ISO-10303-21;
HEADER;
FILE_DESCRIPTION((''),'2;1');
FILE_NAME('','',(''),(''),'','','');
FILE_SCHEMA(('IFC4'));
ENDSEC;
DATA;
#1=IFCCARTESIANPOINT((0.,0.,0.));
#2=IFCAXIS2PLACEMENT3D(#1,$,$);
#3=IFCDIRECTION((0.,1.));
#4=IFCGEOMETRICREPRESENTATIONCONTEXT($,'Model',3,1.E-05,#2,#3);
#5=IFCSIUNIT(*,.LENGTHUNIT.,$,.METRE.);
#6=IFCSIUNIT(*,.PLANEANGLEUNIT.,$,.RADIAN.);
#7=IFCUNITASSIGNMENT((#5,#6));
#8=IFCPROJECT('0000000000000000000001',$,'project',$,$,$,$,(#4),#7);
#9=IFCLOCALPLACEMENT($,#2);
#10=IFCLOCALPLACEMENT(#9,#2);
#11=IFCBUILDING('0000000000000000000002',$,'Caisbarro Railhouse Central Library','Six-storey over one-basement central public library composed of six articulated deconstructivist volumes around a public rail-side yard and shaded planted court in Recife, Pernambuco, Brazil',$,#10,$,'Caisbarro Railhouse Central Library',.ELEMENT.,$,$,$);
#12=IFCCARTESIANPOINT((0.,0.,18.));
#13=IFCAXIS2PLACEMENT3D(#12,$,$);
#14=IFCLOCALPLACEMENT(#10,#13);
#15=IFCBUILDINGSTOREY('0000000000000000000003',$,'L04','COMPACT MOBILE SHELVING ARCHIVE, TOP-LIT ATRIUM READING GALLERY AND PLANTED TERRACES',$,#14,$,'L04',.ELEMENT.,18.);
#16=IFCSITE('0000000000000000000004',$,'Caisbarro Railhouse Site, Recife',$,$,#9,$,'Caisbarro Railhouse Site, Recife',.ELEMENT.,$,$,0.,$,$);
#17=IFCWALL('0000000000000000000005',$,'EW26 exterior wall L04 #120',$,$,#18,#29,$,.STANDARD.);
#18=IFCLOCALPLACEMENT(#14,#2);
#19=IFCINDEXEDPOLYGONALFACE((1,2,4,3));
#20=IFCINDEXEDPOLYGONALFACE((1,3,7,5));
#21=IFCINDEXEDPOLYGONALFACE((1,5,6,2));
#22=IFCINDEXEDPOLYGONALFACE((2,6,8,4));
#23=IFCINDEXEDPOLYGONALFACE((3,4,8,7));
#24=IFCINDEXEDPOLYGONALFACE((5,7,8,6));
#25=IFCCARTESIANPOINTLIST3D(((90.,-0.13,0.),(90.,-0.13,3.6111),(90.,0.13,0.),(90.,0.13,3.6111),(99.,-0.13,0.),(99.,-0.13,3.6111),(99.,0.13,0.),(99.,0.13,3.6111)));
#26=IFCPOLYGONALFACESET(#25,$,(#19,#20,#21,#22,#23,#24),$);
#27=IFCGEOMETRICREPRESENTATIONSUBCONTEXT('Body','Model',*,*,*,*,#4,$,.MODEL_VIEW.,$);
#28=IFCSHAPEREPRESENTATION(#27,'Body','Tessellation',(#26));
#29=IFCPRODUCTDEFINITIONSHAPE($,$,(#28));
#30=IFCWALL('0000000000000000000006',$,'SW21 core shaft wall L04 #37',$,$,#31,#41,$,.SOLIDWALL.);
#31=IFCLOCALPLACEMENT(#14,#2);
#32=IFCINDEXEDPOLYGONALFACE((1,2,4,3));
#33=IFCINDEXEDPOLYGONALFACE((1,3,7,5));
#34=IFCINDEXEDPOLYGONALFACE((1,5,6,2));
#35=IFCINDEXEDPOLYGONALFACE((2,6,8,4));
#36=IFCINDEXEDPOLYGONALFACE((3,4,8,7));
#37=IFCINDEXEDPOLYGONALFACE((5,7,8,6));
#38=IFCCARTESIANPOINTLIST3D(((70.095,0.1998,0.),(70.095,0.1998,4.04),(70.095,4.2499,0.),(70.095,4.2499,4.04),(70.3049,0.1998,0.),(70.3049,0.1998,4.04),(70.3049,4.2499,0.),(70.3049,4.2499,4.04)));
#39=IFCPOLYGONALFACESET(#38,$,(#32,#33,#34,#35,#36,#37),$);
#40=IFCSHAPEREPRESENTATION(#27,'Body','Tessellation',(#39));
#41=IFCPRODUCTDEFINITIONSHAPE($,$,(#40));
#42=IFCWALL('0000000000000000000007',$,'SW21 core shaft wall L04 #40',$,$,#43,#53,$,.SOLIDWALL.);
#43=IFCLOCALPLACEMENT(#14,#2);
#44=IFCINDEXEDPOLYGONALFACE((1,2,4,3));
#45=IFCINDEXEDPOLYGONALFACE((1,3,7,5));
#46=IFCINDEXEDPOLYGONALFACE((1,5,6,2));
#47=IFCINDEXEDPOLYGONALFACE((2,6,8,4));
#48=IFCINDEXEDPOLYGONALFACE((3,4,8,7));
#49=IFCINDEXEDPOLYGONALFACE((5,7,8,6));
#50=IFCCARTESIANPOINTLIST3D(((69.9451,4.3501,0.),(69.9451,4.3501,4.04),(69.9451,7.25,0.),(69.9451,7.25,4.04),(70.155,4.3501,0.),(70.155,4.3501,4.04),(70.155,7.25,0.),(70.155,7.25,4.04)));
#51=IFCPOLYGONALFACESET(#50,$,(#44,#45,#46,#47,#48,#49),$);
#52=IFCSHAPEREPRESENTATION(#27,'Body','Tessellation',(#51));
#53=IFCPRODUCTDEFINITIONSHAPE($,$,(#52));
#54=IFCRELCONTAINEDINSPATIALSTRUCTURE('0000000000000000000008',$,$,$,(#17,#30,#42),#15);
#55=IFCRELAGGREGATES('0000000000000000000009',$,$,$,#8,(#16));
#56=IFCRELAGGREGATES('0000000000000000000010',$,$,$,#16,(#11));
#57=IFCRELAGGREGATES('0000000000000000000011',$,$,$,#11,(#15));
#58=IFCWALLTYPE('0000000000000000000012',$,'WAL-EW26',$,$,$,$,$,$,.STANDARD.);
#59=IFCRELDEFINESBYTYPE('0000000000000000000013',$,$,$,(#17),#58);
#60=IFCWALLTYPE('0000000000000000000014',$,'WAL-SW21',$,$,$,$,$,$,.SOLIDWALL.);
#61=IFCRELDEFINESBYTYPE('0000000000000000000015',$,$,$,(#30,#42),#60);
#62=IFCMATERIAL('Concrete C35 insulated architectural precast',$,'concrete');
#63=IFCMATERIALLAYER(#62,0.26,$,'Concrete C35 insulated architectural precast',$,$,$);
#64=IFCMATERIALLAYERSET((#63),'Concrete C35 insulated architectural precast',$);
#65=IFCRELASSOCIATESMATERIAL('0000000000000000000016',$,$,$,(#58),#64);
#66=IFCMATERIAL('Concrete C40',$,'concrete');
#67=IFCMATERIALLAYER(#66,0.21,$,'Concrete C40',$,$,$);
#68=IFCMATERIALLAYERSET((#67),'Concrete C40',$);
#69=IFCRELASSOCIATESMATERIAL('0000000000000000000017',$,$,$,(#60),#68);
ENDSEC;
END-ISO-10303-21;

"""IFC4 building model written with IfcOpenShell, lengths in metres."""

from ifc_helpers import new_model, si_unit, direction, frame, frame_2d, origin, place, context, subcontext, project, spatial, rectangle, extrude, material, layer, layer_set, type_object, element, save


model = new_model("IFC4")

# Units and contexts
model_context = context("Model", 3, precision=1e-05, world=origin(), true_north=direction((0.0, 1.0)))
body_context = subcontext(model_context, "Body", "Model", "MODEL_VIEW")
ifc_project = project(units=[si_unit("LENGTHUNIT", "METRE"), si_unit("PLANEANGLEUNIT", "RADIAN")], contexts=[model_context])

# Site, building, storey
site_placement = place(None, origin())
site = spatial("IfcSite", under=ifc_project, at=site_placement, Name="Caisbarro Railhouse Site, Recife", LongName="Caisbarro Railhouse Site, Recife", CompositionType="ELEMENT", RefElevation=0.0)
building_placement = place(site_placement, origin())
building = spatial("IfcBuilding", under=site, at=building_placement, Name="Caisbarro Railhouse Central Library", Description="Six-storey over one-basement central public library composed of six articulated deconstructivist volumes around a public rail-side yard and shaded planted court in Recife, Pernambuco, Brazil", LongName="Caisbarro Railhouse Central Library", CompositionType="ELEMENT")
storey_placement = place(building_placement, frame((0.0, 0.0, 18.0)))
storey = spatial("IfcBuildingStorey", under=building, at=storey_placement, Name="L04", Description="COMPACT MOBILE SHELVING ARCHIVE, TOP-LIT ATRIUM READING GALLERY AND PLANTED TERRACES", LongName="L04", CompositionType="ELEMENT", Elevation=18.0)

# Shared definitions
ifc_material_1 = material(Name="Concrete C40", Category="concrete")

# Shared definitions
ifc_material_2 = material(Name="Concrete C35 insulated architectural precast", Category="concrete")
ifc_layer_1 = layer(ifc_material_2, 0.26, Name="Concrete C35 insulated architectural precast")
ifc_layer_set_1 = layer_set([ifc_layer_1], Name="Concrete C35 insulated architectural precast")
wall_type_1 = type_object("IfcWallType", Name="WAL-EW26", PredefinedType="STANDARD", material=ifc_layer_set_1)

# Walls
wall_1_placement = place(storey_placement, frame((90.0, 0.0, 0.0), z_axis=(0.0, 0.0, 1.0), x_axis=(1.0, 0.0, 0.0)))
element("IfcWall", 1, at=wall_1_placement, inside=storey, type_object=wall_type_1, Name="EW26 exterior wall L04 #120", PredefinedType="STANDARD", context=body_context, shape_type="SweptSolid", body=[
    extrude(rectangle(XDim=9.0, YDim=0.26, at=frame_2d((4.5, 0.0))), origin(), (0.0, 0.0, 1.0), 3.6111),
])
ifc_layer_2 = layer(ifc_material_1, 0.21, Name="Concrete C40")
ifc_layer_set_2 = layer_set([ifc_layer_2], Name="Concrete C40")
wall_type_2 = type_object("IfcWallType", Name="WAL-SW21", PredefinedType="SOLIDWALL", material=ifc_layer_set_2)
wall_2_placement = place(storey_placement, frame((70.2, 0.2, 0.0), z_axis=(0.0, 0.0, 1.0), x_axis=(0.0, 1.0, 0.0)))
element("IfcWall", 2, at=wall_2_placement, inside=storey, type_object=wall_type_2, Name="SW21 core shaft wall L04 #37", PredefinedType="SOLIDWALL", context=body_context, shape_type="SweptSolid", body=[
    extrude(rectangle(XDim=4.05, YDim=0.21, at=frame_2d((2.0249, 0.0))), origin(), (0.0, 0.0, 1.0), 4.04),
])
wall_3_placement = place(storey_placement, frame((70.05, 4.3501, 0.0), z_axis=(0.0, 0.0, 1.0), x_axis=(0.0, 1.0, 0.0)))
element("IfcWall", 3, at=wall_3_placement, inside=storey, type_object=wall_type_2, Name="SW21 core shaft wall L04 #40", PredefinedType="SOLIDWALL", context=body_context, shape_type="SweptSolid", body=[
    extrude(rectangle(XDim=2.8999, YDim=0.21, at=frame_2d((1.45, 0.0))), origin(), (0.0, 0.0, 1.0), 4.04),
])

save(model, "model.ifc")
